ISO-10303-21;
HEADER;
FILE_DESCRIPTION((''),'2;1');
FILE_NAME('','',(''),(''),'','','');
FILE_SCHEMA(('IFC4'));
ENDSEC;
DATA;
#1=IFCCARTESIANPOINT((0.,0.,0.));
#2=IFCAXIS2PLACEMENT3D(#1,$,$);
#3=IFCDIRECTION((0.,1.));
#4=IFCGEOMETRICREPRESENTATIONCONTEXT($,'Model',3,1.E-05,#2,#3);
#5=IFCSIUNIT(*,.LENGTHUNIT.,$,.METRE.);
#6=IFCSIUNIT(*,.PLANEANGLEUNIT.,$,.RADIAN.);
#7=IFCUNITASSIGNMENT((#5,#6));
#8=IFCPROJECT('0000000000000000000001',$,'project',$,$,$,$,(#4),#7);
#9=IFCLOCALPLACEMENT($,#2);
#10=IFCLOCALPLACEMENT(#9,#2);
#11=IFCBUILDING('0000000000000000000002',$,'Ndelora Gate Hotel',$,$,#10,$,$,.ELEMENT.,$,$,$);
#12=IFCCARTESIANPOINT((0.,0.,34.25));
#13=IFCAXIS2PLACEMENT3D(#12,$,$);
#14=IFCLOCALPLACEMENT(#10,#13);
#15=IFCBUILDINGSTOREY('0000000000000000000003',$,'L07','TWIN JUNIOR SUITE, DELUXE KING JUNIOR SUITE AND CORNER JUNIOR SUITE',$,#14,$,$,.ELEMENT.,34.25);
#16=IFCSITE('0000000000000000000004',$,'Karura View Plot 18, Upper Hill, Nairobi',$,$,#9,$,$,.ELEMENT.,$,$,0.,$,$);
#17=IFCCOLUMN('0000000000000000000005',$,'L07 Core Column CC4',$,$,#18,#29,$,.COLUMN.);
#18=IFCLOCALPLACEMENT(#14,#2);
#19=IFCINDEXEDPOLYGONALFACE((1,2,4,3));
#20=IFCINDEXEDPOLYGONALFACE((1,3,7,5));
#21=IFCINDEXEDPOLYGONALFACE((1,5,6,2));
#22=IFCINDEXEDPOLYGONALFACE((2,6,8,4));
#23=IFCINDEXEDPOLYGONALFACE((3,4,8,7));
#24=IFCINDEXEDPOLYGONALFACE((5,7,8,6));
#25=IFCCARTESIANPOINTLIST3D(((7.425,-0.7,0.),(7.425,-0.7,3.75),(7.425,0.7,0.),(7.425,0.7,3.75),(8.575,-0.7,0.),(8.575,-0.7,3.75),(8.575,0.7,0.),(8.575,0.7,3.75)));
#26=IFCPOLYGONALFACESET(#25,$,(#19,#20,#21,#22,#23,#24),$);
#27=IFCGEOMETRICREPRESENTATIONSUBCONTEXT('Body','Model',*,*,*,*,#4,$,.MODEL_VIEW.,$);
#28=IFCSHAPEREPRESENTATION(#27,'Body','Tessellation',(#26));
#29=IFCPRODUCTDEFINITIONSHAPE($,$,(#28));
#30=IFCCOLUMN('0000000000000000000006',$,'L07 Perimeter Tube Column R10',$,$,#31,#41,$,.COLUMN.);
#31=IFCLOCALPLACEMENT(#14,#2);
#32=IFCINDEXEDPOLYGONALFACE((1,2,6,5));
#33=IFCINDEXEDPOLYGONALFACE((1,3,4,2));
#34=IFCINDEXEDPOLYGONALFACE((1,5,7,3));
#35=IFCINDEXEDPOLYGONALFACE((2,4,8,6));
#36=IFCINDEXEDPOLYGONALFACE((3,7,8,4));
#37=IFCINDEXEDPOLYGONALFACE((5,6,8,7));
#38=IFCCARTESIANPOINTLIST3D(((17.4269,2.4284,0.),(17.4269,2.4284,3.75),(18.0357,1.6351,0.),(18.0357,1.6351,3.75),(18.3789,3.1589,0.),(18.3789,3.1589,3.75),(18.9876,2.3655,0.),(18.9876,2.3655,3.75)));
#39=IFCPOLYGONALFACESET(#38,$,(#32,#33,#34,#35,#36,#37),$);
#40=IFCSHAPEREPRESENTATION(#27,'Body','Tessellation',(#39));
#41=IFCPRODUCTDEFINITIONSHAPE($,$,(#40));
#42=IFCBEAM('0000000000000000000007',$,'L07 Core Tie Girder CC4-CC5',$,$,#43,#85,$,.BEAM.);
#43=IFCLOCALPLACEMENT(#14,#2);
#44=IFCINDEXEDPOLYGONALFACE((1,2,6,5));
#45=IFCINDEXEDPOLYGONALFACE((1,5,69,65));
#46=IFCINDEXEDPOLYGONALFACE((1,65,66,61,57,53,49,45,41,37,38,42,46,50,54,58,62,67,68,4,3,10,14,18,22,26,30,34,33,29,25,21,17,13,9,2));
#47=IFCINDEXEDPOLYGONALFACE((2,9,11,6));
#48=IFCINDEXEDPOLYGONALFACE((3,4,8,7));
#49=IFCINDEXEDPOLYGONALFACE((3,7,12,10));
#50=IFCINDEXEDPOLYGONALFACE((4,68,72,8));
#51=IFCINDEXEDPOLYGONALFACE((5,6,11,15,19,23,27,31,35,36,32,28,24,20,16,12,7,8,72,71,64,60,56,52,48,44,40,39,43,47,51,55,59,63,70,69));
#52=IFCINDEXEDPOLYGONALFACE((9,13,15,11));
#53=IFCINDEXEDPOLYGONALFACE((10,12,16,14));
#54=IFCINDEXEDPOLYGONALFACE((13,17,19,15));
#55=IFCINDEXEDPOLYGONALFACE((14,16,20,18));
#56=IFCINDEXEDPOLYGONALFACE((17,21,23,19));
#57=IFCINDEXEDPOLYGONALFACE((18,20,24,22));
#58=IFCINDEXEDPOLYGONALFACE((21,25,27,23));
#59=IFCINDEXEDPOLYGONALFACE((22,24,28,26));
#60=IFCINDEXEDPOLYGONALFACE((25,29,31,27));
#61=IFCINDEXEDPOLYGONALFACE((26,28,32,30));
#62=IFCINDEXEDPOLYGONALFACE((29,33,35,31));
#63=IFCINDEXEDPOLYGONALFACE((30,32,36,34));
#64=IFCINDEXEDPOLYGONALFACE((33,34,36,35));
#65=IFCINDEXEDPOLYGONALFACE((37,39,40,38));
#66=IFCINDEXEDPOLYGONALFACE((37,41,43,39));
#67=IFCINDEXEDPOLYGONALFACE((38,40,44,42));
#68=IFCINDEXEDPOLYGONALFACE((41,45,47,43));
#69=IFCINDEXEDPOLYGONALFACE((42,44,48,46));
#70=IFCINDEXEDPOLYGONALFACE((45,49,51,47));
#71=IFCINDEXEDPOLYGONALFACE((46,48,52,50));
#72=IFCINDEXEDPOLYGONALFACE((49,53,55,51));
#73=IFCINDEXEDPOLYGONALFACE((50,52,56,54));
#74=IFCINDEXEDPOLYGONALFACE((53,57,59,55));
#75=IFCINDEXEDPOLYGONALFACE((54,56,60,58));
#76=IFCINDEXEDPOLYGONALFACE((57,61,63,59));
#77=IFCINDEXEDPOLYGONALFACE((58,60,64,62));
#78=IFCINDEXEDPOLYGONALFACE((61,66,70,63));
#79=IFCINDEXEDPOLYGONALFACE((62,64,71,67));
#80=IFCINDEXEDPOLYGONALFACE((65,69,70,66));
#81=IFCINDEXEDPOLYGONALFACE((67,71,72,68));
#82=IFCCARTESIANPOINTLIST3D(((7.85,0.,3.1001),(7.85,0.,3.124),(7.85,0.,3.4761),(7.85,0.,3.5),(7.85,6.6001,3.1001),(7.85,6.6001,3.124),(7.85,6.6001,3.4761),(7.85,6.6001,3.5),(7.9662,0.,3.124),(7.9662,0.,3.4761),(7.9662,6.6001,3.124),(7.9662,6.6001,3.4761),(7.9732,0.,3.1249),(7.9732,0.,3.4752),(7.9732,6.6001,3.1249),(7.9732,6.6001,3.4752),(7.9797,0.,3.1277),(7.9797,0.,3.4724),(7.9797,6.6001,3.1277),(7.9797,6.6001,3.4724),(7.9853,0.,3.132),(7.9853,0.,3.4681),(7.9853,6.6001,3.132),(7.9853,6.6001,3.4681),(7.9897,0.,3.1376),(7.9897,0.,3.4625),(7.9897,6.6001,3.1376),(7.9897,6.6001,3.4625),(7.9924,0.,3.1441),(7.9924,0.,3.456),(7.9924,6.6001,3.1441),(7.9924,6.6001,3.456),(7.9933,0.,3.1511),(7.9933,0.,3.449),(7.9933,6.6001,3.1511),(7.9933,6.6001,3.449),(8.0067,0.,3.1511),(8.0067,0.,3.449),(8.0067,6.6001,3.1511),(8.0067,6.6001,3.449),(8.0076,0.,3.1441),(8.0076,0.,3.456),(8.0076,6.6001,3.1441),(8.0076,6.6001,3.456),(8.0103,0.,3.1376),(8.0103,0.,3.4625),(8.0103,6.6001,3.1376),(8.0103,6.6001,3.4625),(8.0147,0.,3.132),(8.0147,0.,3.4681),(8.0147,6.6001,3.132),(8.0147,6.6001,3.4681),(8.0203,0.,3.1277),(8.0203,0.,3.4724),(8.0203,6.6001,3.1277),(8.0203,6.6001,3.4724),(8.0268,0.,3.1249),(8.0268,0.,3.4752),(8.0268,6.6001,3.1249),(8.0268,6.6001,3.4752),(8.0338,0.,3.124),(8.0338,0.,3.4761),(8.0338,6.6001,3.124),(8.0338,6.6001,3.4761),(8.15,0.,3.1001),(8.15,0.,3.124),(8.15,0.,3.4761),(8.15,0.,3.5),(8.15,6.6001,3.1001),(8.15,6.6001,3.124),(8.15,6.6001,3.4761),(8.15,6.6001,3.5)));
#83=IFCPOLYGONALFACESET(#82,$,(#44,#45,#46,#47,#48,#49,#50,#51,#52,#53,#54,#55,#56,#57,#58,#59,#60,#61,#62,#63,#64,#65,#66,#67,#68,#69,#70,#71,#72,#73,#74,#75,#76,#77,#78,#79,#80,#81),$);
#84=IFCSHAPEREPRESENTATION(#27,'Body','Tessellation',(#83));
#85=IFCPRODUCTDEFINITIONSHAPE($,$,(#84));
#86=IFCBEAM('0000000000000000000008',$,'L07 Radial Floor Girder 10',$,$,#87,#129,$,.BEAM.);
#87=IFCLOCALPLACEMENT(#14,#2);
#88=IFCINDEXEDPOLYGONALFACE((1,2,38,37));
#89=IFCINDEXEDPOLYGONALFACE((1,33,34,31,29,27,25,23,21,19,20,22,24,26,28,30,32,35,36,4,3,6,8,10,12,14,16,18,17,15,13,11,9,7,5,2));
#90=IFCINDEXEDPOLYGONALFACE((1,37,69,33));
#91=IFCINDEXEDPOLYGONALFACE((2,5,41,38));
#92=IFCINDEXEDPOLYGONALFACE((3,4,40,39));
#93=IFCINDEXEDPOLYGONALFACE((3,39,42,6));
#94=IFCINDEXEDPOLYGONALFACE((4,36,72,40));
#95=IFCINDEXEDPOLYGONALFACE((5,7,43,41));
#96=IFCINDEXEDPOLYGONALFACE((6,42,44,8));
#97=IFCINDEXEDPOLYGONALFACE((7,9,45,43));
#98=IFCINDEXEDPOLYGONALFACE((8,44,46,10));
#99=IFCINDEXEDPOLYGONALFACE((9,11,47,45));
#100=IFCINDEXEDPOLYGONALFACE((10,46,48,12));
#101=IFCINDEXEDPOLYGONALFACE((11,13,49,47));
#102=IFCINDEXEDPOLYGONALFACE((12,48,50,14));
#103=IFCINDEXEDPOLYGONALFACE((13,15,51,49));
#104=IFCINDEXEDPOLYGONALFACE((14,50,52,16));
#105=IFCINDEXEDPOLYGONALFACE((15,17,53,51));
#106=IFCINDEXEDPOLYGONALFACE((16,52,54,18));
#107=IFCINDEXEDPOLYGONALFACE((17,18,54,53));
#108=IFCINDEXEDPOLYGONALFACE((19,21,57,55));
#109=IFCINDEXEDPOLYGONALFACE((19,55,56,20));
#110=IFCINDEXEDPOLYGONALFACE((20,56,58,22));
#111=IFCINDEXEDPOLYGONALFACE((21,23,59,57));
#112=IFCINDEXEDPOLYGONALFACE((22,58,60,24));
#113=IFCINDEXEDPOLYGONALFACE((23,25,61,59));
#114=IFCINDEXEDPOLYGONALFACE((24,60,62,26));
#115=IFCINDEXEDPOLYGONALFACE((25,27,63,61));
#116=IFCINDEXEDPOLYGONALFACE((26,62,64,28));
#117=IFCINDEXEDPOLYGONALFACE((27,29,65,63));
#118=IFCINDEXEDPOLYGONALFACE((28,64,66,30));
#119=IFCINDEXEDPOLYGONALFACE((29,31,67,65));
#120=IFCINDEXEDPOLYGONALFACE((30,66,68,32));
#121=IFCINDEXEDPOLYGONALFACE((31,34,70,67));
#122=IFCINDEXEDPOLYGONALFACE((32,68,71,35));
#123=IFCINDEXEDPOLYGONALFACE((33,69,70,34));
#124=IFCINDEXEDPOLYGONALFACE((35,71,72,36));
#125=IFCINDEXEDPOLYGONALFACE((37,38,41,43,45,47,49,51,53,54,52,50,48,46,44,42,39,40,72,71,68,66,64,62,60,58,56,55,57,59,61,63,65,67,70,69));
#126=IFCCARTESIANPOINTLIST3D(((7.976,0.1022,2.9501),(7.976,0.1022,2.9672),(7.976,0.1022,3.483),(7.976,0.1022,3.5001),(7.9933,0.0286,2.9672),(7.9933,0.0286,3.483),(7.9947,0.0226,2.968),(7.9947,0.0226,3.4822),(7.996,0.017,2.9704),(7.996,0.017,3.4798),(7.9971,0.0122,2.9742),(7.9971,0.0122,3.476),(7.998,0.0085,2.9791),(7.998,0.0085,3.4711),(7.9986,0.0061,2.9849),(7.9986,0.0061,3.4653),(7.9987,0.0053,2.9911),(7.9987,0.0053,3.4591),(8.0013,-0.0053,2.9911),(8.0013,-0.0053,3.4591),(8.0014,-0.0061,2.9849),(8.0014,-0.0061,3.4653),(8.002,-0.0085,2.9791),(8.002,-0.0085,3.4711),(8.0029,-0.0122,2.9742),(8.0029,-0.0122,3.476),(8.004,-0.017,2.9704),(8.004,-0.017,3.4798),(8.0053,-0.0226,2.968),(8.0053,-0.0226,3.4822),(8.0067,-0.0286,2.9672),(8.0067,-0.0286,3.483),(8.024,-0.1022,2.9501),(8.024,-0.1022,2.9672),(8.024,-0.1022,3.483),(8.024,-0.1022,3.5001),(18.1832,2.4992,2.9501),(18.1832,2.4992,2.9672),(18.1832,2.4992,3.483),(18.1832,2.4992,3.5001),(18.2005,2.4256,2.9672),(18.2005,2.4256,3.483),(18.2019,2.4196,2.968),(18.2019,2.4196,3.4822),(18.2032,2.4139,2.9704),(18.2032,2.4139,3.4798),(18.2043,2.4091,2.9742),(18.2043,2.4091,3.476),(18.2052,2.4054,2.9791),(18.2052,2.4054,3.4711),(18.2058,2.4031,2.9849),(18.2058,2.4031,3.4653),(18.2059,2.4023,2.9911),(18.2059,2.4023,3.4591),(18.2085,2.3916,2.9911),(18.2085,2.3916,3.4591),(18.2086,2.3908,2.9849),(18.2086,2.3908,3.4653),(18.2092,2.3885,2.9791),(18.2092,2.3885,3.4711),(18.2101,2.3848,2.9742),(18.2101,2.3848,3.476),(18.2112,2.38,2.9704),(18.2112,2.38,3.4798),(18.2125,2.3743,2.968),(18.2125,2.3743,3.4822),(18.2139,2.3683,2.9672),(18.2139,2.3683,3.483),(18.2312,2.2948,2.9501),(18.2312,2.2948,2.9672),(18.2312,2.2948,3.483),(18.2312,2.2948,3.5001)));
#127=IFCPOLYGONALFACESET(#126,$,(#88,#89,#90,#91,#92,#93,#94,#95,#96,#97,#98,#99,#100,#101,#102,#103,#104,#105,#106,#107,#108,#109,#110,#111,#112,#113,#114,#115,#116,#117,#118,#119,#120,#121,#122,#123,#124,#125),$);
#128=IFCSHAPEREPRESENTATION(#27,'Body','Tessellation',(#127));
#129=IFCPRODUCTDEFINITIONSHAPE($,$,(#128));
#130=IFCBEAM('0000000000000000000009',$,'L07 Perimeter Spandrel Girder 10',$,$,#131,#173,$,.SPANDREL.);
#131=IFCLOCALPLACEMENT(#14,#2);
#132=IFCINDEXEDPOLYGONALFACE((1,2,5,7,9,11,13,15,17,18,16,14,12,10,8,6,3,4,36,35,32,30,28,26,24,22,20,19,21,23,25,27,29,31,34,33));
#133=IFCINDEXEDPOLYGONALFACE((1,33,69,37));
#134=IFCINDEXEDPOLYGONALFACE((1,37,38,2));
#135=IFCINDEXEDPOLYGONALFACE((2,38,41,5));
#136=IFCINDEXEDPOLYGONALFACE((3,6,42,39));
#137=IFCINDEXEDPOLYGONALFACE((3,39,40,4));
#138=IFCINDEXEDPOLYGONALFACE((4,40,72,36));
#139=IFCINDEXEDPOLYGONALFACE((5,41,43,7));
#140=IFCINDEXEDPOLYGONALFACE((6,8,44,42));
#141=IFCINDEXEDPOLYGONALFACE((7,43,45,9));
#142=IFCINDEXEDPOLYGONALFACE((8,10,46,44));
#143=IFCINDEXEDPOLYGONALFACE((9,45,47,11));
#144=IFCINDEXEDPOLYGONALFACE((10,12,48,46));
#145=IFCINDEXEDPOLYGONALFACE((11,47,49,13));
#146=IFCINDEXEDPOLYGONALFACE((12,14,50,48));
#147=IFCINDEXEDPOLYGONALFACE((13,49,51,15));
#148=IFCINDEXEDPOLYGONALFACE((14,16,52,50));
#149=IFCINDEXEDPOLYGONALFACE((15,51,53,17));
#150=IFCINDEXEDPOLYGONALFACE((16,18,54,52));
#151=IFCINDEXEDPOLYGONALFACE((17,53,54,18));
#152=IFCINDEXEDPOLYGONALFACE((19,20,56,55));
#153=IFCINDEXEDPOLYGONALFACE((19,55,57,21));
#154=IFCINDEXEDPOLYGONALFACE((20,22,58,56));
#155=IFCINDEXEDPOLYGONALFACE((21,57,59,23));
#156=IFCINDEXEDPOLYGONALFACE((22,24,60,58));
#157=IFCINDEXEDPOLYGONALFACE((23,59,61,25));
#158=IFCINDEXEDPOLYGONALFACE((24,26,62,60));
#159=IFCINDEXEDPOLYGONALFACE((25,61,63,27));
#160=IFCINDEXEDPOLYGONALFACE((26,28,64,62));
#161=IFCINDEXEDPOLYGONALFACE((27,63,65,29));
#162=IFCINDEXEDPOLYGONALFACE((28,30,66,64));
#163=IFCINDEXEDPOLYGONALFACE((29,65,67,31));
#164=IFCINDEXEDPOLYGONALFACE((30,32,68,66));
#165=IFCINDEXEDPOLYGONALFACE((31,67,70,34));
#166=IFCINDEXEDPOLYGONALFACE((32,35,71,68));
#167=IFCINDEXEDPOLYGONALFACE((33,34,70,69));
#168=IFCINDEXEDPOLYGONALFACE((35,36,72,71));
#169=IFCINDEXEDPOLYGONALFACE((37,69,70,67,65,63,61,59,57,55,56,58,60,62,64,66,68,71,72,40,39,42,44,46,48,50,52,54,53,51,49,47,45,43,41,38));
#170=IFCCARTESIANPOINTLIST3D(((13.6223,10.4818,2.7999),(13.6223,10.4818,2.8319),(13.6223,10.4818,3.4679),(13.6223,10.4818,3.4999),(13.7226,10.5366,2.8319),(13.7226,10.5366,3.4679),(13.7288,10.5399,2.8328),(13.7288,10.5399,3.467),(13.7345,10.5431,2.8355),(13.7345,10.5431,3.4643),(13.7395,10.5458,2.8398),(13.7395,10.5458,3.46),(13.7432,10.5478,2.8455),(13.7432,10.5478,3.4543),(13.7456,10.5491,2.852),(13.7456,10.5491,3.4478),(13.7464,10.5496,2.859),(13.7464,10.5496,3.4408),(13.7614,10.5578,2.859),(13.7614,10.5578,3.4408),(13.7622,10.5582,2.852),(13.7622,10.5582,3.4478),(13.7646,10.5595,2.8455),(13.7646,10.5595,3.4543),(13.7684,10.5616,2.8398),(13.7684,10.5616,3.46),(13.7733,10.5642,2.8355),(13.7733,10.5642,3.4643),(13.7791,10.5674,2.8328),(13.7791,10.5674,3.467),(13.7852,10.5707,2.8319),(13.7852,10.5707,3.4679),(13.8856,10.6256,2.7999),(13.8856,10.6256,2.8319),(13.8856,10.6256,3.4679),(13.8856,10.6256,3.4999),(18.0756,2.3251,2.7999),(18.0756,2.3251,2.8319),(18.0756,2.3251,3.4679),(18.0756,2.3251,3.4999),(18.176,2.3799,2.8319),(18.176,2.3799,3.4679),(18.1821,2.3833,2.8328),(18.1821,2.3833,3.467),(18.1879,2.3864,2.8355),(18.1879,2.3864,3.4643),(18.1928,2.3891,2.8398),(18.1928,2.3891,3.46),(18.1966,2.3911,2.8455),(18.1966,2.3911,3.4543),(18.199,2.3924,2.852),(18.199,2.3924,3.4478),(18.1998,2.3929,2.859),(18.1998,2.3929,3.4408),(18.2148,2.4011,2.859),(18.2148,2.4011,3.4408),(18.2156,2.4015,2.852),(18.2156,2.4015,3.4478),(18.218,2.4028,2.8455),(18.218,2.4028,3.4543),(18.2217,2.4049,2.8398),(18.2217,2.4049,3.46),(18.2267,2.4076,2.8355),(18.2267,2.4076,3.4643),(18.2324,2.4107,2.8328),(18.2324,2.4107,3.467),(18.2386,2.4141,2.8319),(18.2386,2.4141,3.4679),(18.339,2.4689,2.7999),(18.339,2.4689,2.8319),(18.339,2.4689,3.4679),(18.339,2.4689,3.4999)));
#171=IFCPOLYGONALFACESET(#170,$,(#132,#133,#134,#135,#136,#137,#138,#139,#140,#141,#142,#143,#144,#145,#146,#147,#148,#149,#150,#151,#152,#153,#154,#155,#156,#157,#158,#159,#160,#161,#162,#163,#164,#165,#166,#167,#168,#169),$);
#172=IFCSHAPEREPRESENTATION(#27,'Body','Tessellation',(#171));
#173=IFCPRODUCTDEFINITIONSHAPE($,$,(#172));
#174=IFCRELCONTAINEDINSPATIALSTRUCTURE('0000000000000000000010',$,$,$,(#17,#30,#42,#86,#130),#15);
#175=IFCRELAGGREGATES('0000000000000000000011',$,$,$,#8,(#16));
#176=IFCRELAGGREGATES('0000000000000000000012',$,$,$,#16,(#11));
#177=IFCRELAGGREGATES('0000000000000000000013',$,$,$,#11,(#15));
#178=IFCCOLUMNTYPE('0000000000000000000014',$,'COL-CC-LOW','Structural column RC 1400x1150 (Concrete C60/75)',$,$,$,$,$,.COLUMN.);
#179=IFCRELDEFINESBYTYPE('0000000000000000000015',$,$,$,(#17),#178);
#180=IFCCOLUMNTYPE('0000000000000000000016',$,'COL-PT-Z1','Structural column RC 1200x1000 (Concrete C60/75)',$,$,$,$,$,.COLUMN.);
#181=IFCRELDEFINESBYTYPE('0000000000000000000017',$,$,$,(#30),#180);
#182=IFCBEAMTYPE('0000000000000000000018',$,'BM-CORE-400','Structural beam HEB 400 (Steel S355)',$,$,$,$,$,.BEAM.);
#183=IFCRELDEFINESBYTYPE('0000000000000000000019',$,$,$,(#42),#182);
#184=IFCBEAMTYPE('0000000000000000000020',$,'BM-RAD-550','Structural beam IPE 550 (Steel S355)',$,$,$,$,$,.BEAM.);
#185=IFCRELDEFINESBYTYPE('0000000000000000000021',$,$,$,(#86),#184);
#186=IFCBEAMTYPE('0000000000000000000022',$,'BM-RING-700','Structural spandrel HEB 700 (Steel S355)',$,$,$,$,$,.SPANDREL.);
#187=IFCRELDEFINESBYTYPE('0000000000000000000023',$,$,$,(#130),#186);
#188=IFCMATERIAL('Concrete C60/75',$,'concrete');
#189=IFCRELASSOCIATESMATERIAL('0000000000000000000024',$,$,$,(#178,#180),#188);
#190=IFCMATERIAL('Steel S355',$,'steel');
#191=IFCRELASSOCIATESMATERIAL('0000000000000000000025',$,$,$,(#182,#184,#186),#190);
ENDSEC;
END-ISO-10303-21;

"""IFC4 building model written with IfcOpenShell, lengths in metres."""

from ifc_helpers import new_model, si_unit, direction, frame, origin, origin_2d, place, context, subcontext, project, spatial, rectangle, i_section, extrude, material, material_profile, profile_set, type_object, element, save


model = new_model("IFC4")

# Units and contexts
model_context = context("Model", 3, precision=1e-05, world=origin(), true_north=direction((0.0, 1.0)))
body_context = subcontext(model_context, "Body", "Model", "MODEL_VIEW")
ifc_project = project(units=[si_unit("LENGTHUNIT", "METRE"), si_unit("PLANEANGLEUNIT", "RADIAN")], contexts=[model_context])

# Site, building, storey
site_placement = place(None, origin())
site = spatial("IfcSite", under=ifc_project, at=site_placement, Name="Karura View Plot 18, Upper Hill, Nairobi", CompositionType="ELEMENT", RefElevation=0.0)
building_placement = place(site_placement, origin())
building = spatial("IfcBuilding", under=site, at=building_placement, Name="Ndelora Gate Hotel", CompositionType="ELEMENT")
storey_placement = place(building_placement, frame((0.0, 0.0, 34.25)))
storey = spatial("IfcBuildingStorey", under=building, at=storey_placement, Name="L07", Description="TWIN JUNIOR SUITE, DELUXE KING JUNIOR SUITE AND CORNER JUNIOR SUITE", CompositionType="ELEMENT", Elevation=34.25)

# Columns
ifc_material_1 = material(Name="Concrete C60/75", Category="concrete")
ifc_material_profile_1 = material_profile(ifc_material_1, rectangle(XDim=1.1499, YDim=1.3999, at=origin_2d()), Name="RC 1400x1150")
ifc_profile_set_1 = profile_set([ifc_material_profile_1], Name="Concrete C60/75")
column_type_1 = type_object("IfcColumnType", Name="COL-CC-LOW", Description="Structural column RC 1400x1150 (Concrete C60/75)", PredefinedType="COLUMN", material=ifc_profile_set_1)
column_1_placement = place(storey_placement, frame((8.0, 0.0, 0.0), z_axis=(0.0, 0.0, 1.0), x_axis=(1.0, 0.0, 0.0)))
element("IfcColumn", 1, at=column_1_placement, inside=storey, type_object=column_type_1, Name="L07 Core Column CC4", PredefinedType="COLUMN", context=body_context, shape_type="SweptSolid", body=[
    extrude(rectangle(XDim=1.1499, YDim=1.3999, at=origin_2d()), origin(), (0.0, 0.0, 1.0), 3.75),
])
ifc_material_profile_2 = material_profile(ifc_material_1, rectangle(XDim=1.0, YDim=1.2, at=origin_2d()), Name="RC 1200x1000")
ifc_profile_set_2 = profile_set([ifc_material_profile_2], Name="Concrete C60/75")
column_type_2 = type_object("IfcColumnType", Name="COL-PT-Z1", Description="Structural column RC 1200x1000 (Concrete C60/75)", PredefinedType="COLUMN", material=ifc_profile_set_2)
column_2_placement = place(storey_placement, frame((18.2073, 2.397, 0.0), z_axis=(0.0, 0.0, 1.0), x_axis=(-0.608761, 0.793353, 0.0)))
element("IfcColumn", 2, at=column_2_placement, inside=storey, type_object=column_type_2, Name="L07 Perimeter Tube Column R10", PredefinedType="COLUMN", context=body_context, shape_type="SweptSolid", body=[
    extrude(rectangle(XDim=1.0, YDim=1.2, at=origin_2d()), origin(), (0.0, 0.0, 1.0), 3.75),
])

# Beams
ifc_material_2 = material(Name="Steel S355", Category="steel")
ifc_material_profile_3 = material_profile(ifc_material_2, i_section(OverallWidth=0.3, OverallDepth=0.3999, WebThickness=0.0134, FlangeThickness=0.0239, FilletRadius=0.0271, at=origin_2d()), Name="HEB 400")
ifc_profile_set_3 = profile_set([ifc_material_profile_3], Name="Steel S355")
beam_type_1 = type_object("IfcBeamType", Name="BM-CORE-400", Description="Structural beam HEB 400 (Steel S355)", PredefinedType="BEAM", material=ifc_profile_set_3)
beam_1_placement = place(storey_placement, frame((8.0, 0.0, 3.3), z_axis=(0.0, 1.0, 0.0), x_axis=(-1.0, 0.0, 0.0)))
element("IfcBeam", 3, at=beam_1_placement, inside=storey, type_object=beam_type_1, Name="L07 Core Tie Girder CC4-CC5", PredefinedType="BEAM", context=body_context, shape_type="SweptSolid", body=[
    extrude(i_section(OverallWidth=0.3, OverallDepth=0.3999, WebThickness=0.0134, FlangeThickness=0.0239, FilletRadius=0.0271, at=origin_2d()), origin(), (0.0, 0.0, 1.0), 6.6001),
])
ifc_material_profile_4 = material_profile(ifc_material_2, i_section(OverallWidth=0.21, OverallDepth=0.55, WebThickness=0.011, FlangeThickness=0.0171, FilletRadius=0.0239, at=origin_2d()), Name="IPE 550")
ifc_profile_set_4 = profile_set([ifc_material_profile_4], Name="Steel S355")
beam_type_2 = type_object("IfcBeamType", Name="BM-RAD-550", Description="Structural beam IPE 550 (Steel S355)", PredefinedType="BEAM", material=ifc_profile_set_4)
beam_2_placement = place(storey_placement, frame((8.0, 0.0, 3.2251), z_axis=(0.973518, 0.228611, 0.0), x_axis=(-0.228611, 0.973518, 0.0)))
element("IfcBeam", 4, at=beam_2_placement, inside=storey, type_object=beam_type_2, Name="L07 Radial Floor Girder 10", PredefinedType="BEAM", context=body_context, shape_type="SweptSolid", body=[
    extrude(i_section(OverallWidth=0.21, OverallDepth=0.55, WebThickness=0.011, FlangeThickness=0.0171, FilletRadius=0.0239, at=origin_2d()), origin(), (0.0, 0.0, 1.0), 10.4849),
])
ifc_material_profile_5 = material_profile(ifc_material_2, i_section(OverallWidth=0.3, OverallDepth=0.7, WebThickness=0.0171, FlangeThickness=0.032, FilletRadius=0.0271, at=origin_2d()), Name="HEB 700")
ifc_profile_set_5 = profile_set([ifc_material_profile_5], Name="Steel S355")
beam_type_3 = type_object("IfcBeamType", Name="BM-RING-700", Description="Structural spandrel HEB 700 (Steel S355)", PredefinedType="SPANDREL", material=ifc_profile_set_5)
beam_3_placement = place(storey_placement, frame((18.2073, 2.397, 3.1499), z_axis=(-0.479204, 0.877704, 0.0), x_axis=(-0.877704, -0.479204, 0.0)))
element("IfcBeam", 5, at=beam_3_placement, inside=storey, type_object=beam_type_3, Name="L07 Perimeter Spandrel Girder 10", PredefinedType="SPANDREL", context=body_context, shape_type="SweptSolid", body=[
    extrude(i_section(OverallWidth=0.3, OverallDepth=0.7, WebThickness=0.0171, FlangeThickness=0.032, FilletRadius=0.0271, at=origin_2d()), origin(), (0.0, 0.0, 1.0), 9.2932),
])

save(model, "model.ifc")
